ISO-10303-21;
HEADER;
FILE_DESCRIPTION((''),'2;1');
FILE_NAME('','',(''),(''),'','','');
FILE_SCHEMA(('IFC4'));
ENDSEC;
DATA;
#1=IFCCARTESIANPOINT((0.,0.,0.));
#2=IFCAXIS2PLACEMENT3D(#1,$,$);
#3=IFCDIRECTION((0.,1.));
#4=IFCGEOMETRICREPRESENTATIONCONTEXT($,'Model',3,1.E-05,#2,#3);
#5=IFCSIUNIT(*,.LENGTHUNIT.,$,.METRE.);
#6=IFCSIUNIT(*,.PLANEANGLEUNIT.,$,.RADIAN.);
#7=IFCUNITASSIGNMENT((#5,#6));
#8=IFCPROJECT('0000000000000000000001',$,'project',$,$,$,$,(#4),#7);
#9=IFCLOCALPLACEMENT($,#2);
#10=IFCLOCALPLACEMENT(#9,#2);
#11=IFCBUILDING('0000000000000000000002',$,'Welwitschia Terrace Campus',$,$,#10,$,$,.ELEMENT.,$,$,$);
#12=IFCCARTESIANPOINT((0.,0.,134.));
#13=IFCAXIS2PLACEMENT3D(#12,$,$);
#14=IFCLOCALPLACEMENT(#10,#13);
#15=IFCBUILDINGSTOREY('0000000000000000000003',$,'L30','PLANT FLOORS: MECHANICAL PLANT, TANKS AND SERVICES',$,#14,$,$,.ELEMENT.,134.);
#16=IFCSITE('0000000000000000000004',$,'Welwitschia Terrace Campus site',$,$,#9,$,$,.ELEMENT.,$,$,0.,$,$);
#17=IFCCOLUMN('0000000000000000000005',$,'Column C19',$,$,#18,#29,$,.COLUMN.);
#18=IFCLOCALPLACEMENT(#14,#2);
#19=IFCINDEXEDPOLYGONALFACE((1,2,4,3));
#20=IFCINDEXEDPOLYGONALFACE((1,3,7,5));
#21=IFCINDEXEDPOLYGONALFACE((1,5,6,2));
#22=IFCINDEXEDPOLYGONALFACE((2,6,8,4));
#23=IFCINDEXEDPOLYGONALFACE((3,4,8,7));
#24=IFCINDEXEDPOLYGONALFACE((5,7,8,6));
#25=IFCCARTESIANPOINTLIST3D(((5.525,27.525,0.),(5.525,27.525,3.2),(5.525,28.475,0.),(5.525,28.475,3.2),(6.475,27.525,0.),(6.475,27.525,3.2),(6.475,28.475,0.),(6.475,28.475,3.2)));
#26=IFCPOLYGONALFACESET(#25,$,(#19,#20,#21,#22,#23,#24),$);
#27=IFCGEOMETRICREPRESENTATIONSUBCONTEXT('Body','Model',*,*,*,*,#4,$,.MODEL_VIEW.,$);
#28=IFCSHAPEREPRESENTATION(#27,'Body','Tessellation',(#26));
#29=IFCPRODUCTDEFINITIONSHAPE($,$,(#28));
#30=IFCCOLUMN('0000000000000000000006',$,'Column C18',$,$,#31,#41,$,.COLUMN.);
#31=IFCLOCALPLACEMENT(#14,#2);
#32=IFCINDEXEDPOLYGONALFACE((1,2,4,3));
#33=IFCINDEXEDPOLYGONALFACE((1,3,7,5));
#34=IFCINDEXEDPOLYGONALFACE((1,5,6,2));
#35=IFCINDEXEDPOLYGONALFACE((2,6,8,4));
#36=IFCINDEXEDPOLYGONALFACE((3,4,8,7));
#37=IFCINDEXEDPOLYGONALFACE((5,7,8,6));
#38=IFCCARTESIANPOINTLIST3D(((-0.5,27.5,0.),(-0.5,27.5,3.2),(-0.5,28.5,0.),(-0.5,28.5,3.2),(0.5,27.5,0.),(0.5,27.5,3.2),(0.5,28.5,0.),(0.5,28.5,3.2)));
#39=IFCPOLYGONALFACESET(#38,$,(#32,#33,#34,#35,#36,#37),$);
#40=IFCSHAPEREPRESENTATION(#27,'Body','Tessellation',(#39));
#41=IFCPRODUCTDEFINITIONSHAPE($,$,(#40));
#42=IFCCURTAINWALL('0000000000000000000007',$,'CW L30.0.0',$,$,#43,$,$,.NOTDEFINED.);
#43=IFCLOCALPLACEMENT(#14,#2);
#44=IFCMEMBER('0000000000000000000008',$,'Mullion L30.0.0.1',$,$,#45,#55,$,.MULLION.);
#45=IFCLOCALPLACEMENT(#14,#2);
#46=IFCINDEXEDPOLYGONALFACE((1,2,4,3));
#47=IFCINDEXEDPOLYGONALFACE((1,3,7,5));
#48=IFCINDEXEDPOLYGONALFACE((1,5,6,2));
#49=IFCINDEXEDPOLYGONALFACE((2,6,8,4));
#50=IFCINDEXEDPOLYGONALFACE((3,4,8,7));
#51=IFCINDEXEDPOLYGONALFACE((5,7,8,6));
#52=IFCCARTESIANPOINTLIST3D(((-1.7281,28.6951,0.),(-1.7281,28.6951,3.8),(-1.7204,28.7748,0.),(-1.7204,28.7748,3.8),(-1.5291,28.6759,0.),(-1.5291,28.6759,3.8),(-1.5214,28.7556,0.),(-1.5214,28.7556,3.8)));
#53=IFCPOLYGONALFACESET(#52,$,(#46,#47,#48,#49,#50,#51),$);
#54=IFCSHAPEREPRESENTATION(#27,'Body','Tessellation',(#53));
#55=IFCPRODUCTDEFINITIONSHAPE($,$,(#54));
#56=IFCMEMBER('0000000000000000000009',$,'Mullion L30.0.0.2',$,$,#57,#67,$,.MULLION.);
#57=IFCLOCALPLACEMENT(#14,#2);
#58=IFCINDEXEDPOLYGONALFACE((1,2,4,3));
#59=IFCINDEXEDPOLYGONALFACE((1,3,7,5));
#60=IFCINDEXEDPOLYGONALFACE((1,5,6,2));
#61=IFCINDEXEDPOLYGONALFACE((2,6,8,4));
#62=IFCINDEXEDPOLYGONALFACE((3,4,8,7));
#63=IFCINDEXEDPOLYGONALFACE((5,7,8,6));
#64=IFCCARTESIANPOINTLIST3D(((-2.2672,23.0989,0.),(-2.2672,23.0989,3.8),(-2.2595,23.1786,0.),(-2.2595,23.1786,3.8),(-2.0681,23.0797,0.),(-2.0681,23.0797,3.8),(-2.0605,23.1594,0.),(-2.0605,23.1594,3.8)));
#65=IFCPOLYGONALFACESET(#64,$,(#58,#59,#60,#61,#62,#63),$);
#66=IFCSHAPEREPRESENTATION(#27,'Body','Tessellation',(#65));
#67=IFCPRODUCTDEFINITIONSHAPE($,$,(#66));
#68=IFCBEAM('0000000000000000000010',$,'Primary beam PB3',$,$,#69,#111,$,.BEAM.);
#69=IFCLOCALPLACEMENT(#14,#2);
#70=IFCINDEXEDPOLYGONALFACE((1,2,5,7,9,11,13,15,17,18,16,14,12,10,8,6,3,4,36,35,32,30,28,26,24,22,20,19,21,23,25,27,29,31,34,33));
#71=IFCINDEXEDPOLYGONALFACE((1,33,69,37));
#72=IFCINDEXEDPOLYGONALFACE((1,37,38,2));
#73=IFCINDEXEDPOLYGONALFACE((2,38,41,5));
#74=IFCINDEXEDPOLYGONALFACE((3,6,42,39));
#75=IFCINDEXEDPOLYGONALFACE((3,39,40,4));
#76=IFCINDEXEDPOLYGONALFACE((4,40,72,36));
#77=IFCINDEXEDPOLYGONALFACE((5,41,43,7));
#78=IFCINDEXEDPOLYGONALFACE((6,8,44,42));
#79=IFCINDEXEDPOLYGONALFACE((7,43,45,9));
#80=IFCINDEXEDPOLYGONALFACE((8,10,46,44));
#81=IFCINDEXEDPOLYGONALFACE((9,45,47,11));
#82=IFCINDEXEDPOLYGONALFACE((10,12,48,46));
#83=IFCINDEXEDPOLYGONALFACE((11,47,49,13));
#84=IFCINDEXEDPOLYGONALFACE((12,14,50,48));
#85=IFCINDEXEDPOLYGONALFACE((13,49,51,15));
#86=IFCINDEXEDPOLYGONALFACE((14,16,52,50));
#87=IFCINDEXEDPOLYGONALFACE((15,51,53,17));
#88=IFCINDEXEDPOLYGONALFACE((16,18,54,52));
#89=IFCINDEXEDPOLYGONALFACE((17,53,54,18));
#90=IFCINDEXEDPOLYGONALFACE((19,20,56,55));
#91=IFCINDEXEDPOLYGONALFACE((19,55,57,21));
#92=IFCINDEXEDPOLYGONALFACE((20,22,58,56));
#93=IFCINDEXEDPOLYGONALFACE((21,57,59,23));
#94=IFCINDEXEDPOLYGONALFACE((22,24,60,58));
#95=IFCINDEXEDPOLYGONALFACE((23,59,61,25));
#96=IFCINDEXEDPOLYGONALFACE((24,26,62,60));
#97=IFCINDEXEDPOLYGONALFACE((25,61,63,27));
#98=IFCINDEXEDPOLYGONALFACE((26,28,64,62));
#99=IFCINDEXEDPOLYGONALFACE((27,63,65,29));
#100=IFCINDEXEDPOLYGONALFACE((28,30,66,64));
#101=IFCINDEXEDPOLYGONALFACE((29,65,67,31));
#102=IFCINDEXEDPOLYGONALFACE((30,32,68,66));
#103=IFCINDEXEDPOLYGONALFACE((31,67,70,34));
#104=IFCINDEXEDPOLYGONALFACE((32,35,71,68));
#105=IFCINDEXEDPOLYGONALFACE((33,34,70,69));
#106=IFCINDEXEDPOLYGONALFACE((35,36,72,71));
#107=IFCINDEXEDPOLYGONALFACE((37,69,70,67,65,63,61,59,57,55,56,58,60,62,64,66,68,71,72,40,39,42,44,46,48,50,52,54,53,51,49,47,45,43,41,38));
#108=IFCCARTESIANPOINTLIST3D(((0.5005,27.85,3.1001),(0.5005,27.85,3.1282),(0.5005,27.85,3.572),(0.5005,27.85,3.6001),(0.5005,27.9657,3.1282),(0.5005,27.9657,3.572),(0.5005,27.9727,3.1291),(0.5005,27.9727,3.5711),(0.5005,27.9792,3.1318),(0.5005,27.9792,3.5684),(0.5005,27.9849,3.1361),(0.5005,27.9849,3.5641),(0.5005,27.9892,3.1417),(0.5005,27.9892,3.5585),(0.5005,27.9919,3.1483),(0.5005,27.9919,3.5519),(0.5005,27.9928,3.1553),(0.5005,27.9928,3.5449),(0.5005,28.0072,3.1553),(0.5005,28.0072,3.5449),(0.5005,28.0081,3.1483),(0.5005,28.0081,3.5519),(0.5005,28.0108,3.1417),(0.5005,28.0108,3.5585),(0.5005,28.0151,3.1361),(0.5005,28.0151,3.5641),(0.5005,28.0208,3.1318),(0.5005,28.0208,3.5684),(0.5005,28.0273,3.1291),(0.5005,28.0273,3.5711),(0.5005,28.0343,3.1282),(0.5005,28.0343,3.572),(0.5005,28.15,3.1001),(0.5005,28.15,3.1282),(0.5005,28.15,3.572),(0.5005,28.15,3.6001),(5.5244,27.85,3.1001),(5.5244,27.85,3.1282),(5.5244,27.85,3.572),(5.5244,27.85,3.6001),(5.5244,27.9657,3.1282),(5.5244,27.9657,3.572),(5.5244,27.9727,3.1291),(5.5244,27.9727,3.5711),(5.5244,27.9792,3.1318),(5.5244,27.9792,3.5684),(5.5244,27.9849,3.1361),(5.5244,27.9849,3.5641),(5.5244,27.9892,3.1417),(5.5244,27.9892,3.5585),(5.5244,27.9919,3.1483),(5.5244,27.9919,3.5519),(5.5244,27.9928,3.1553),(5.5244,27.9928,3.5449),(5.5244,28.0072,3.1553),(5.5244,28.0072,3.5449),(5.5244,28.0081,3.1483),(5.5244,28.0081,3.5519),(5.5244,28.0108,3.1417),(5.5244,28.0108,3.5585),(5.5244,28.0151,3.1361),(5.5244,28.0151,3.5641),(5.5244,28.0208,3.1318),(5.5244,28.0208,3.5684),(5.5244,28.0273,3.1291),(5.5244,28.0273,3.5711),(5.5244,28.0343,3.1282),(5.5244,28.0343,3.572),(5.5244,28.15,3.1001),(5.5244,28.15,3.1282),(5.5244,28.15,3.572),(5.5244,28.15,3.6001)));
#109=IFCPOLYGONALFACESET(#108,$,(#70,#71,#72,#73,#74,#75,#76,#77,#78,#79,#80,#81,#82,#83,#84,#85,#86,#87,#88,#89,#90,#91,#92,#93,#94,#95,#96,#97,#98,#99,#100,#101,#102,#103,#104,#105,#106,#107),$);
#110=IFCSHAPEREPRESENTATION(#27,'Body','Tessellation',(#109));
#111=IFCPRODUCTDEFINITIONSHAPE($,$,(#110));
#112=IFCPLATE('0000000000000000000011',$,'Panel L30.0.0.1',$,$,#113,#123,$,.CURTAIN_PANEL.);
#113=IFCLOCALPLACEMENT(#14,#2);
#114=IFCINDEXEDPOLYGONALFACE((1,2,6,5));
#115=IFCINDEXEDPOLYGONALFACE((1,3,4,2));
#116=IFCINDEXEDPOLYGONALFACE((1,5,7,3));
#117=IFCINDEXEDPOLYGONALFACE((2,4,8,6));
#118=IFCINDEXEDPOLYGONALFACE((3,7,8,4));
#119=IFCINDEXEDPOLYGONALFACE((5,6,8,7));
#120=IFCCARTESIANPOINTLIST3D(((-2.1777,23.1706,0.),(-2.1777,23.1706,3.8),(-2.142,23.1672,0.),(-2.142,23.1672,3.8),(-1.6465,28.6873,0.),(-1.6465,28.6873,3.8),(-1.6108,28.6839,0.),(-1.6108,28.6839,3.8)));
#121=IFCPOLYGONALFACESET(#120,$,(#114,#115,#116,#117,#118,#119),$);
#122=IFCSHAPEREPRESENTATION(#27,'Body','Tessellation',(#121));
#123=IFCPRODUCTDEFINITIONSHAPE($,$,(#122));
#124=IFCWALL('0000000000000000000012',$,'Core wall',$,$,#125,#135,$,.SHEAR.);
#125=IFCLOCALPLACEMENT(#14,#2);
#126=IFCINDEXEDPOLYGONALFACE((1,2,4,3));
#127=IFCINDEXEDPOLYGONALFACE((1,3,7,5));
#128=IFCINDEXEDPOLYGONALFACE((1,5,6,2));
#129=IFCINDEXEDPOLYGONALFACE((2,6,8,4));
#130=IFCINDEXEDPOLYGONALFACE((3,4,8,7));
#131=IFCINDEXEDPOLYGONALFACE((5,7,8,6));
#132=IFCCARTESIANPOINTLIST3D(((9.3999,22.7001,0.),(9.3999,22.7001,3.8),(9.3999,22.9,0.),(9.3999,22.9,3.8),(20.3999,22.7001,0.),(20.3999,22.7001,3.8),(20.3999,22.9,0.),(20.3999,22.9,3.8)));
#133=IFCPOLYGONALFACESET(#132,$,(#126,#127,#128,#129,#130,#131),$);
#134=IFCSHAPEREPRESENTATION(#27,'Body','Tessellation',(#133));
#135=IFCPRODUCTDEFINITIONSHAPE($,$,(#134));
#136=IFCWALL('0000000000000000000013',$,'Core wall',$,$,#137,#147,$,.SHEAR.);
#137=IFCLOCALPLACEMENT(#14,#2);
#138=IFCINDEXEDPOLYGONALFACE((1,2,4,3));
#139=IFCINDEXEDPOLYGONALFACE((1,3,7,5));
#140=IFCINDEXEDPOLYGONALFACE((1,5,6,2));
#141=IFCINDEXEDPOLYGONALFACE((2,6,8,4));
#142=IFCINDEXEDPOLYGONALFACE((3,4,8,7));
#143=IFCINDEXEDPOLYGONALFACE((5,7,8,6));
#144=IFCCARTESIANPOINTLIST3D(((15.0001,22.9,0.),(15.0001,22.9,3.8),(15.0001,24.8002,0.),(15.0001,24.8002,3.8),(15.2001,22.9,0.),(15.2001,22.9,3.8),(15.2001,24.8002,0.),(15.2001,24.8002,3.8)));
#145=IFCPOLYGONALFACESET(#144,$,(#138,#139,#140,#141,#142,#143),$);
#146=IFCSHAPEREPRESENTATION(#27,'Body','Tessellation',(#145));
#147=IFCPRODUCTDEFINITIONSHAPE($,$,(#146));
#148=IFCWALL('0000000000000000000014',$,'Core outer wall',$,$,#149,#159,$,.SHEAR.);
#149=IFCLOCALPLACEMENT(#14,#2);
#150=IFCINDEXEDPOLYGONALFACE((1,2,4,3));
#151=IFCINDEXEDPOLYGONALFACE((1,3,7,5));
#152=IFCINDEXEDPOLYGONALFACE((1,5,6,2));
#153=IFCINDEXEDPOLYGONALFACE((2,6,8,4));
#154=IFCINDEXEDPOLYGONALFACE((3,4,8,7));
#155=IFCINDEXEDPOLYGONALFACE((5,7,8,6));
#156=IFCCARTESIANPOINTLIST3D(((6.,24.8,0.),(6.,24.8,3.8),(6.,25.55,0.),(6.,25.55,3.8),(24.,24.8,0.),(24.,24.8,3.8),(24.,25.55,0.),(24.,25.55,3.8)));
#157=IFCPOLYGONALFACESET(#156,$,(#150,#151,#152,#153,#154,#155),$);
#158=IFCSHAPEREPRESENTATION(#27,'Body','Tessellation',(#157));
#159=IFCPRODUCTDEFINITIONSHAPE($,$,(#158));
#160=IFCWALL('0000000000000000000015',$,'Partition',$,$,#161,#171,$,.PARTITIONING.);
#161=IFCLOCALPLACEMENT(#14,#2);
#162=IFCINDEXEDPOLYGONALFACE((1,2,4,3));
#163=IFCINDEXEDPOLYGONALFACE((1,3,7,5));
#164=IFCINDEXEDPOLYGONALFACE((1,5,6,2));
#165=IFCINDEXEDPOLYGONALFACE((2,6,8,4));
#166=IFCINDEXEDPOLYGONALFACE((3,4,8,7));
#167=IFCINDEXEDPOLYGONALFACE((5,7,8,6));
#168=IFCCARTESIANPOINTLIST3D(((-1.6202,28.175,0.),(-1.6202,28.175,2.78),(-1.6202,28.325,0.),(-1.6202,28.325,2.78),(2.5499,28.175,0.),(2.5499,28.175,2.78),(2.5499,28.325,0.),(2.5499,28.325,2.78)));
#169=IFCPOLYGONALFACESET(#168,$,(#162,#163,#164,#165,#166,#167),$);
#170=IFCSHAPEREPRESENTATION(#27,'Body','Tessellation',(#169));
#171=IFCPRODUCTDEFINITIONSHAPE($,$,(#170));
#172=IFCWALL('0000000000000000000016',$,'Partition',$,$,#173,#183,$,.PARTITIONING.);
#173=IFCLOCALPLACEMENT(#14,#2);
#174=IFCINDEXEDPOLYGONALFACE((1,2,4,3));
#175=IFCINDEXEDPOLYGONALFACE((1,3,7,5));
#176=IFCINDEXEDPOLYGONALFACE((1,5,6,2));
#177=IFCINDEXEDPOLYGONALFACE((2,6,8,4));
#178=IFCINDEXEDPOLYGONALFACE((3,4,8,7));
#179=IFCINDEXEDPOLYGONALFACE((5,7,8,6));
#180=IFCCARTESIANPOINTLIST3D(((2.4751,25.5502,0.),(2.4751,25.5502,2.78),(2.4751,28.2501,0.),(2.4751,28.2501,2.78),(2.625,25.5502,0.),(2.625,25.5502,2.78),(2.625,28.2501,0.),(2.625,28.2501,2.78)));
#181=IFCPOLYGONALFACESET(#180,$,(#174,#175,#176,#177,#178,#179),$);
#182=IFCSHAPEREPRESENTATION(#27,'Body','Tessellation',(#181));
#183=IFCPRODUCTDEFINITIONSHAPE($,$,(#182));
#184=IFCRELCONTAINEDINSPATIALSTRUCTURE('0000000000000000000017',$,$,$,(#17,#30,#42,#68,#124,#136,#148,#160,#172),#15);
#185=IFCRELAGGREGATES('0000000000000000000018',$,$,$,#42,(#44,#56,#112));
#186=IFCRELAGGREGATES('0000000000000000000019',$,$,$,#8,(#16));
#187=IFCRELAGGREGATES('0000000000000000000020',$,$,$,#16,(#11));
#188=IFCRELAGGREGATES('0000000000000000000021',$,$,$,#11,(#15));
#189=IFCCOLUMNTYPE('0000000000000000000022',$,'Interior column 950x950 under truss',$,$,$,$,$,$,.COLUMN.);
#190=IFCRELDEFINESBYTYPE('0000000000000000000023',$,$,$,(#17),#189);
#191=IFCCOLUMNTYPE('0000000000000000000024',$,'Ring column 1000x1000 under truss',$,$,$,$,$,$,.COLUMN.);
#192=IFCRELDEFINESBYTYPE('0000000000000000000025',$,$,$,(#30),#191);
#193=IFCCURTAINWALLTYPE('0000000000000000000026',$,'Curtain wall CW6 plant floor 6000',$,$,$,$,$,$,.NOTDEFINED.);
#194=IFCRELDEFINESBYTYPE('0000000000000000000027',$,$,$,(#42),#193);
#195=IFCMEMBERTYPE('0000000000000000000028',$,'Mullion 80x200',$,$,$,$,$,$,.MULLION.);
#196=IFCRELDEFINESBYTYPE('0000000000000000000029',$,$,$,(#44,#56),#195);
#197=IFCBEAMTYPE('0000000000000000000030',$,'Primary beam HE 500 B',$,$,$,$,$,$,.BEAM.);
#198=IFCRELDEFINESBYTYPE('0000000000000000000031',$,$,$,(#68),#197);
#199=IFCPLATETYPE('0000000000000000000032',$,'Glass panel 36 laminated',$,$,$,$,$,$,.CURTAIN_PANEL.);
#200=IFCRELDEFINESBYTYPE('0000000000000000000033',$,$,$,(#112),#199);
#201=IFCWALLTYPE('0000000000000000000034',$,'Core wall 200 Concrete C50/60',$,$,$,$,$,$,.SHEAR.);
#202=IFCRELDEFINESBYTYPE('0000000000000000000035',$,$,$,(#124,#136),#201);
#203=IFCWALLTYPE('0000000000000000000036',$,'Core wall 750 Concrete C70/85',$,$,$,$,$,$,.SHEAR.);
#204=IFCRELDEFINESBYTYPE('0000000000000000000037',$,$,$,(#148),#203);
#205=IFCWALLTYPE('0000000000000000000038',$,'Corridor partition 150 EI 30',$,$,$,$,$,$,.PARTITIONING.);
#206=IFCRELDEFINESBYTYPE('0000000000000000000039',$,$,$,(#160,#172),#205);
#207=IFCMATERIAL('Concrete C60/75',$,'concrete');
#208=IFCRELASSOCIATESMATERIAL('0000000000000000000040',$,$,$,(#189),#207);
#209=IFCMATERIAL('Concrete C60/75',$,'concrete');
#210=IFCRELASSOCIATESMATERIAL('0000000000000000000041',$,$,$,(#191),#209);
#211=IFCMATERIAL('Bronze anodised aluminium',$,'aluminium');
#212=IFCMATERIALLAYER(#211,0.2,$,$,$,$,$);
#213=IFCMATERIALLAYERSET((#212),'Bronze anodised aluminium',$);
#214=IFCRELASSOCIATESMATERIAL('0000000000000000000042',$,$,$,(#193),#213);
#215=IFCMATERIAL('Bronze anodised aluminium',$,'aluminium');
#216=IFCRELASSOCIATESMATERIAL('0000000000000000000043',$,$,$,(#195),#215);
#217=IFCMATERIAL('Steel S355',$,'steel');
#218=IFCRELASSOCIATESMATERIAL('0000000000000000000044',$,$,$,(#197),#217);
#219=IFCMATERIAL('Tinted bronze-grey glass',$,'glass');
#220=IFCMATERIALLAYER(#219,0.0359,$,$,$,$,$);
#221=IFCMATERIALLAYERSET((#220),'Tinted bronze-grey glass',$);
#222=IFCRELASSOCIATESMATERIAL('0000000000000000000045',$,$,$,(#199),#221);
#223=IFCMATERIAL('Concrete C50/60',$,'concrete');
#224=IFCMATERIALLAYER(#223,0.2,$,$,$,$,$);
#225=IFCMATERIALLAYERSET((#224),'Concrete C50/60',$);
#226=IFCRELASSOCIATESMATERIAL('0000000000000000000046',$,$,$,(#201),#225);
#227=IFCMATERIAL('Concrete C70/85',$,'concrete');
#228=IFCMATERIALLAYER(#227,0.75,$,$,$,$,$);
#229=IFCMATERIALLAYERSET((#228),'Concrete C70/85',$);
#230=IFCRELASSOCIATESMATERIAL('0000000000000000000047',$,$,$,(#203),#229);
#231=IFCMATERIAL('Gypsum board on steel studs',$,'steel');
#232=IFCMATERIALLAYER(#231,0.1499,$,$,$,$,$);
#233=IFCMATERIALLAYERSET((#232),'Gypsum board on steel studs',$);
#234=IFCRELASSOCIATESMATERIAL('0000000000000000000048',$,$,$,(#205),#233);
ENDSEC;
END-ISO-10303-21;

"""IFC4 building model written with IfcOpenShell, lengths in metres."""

from ifc_helpers import new_model, si_unit, direction, frame, frame_2d, origin, origin_2d, place, context, subcontext, project, spatial, rectangle, i_section, extrude, material, layer, layer_set, material_profile, profile_set, type_object, element, aggregate, save


model = new_model("IFC4")

# Units and contexts
model_context = context("Model", 3, precision=1e-05, world=origin(), true_north=direction((0.0, 1.0)))
body_context = subcontext(model_context, "Body", "Model", "MODEL_VIEW")
ifc_project = project(units=[si_unit("LENGTHUNIT", "METRE"), si_unit("PLANEANGLEUNIT", "RADIAN")], contexts=[model_context])

# Site, building, storey
site_placement = place(None, origin())
site = spatial("IfcSite", under=ifc_project, at=site_placement, Name="Welwitschia Terrace Campus site", CompositionType="ELEMENT", RefElevation=0.0)
building_placement = place(site_placement, origin())
building = spatial("IfcBuilding", under=site, at=building_placement, Name="Welwitschia Terrace Campus", CompositionType="ELEMENT")
storey_placement = place(building_placement, frame((0.0, 0.0, 134.0)))
storey = spatial("IfcBuildingStorey", under=building, at=storey_placement, Name="L30", Description="PLANT FLOORS: MECHANICAL PLANT, TANKS AND SERVICES", CompositionType="ELEMENT", Elevation=134.0)

# Columns
ifc_material_1 = material(Name="Concrete C60/75", Category="concrete")
ifc_material_profile_1 = material_profile(ifc_material_1, rectangle(XDim=0.95, YDim=0.95, at=origin_2d()))
ifc_profile_set_1 = profile_set([ifc_material_profile_1], Name="Concrete C60/75")
column_type_1 = type_object("IfcColumnType", Name="Interior column 950x950 under truss", PredefinedType="COLUMN", material=ifc_profile_set_1)
column_1_placement = place(storey_placement, frame((6.0, 28.0, 0.0), z_axis=(0.0, 0.0, 1.0), x_axis=(1.0, 0.0, 0.0)))
element("IfcColumn", 1, at=column_1_placement, inside=storey, type_object=column_type_1, Name="Column C19", PredefinedType="COLUMN", context=body_context, shape_type="SweptSolid", body=[
    extrude(rectangle(XDim=0.95, YDim=0.95, at=origin_2d()), origin(), (0.0, 0.0, 1.0), 3.2),
])
ifc_material_2 = material(Name="Concrete C60/75", Category="concrete")
ifc_material_profile_2 = material_profile(ifc_material_2, rectangle(XDim=1.0, YDim=1.0, at=origin_2d()))
ifc_profile_set_2 = profile_set([ifc_material_profile_2], Name="Concrete C60/75")
column_type_2 = type_object("IfcColumnType", Name="Ring column 1000x1000 under truss", PredefinedType="COLUMN", material=ifc_profile_set_2)
column_2_placement = place(storey_placement, frame((0.0, 28.0, 0.0), z_axis=(0.0, 0.0, 1.0), x_axis=(1.0, 0.0, 0.0)))
element("IfcColumn", 2, at=column_2_placement, inside=storey, type_object=column_type_2, Name="Column C18", PredefinedType="COLUMN", context=body_context, shape_type="SweptSolid", body=[
    extrude(rectangle(XDim=1.0, YDim=1.0, at=origin_2d()), origin(), (0.0, 0.0, 1.0), 3.2),
])

# Curtain wall, members
ifc_material_3 = material(Name="Bronze anodised aluminium", Category="aluminium")
ifc_layer_1 = layer(ifc_material_3, 0.2)
ifc_layer_set_1 = layer_set([ifc_layer_1], Name="Bronze anodised aluminium")
curtain_wall_type = type_object("IfcCurtainWallType", Name="Curtain wall CW6 plant floor 6000", PredefinedType="NOTDEFINED", material=ifc_layer_set_1)
curtain_wall_placement = place(storey_placement, origin())
curtain_wall = element("IfcCurtainWall", 3, at=curtain_wall_placement, inside=storey, type_object=curtain_wall_type, Name="CW L30.0.0", PredefinedType="NOTDEFINED")
ifc_material_4 = material(Name="Bronze anodised aluminium", Category="aluminium")
ifc_material_profile_3 = material_profile(ifc_material_4, rectangle(XDim=0.2, YDim=0.0801, at=origin_2d()))
ifc_profile_set_3 = profile_set([ifc_material_profile_3], Name="Bronze anodised aluminium")
member_type = type_object("IfcMemberType", Name="Mullion 80x200", PredefinedType="MULLION", material=ifc_profile_set_3)
member_1_placement = place(storey_placement, frame((-1.6248, 28.7253, 0.0), z_axis=(0.0, 0.0, 1.0), x_axis=(0.995396, -0.095846, 0.0)))
member_1 = element("IfcMember", 4, at=member_1_placement, type_object=member_type, Name="Mullion L30.0.0.1", PredefinedType="MULLION", context=body_context, shape_type="SweptSolid", body=[
    extrude(rectangle(XDim=0.2, YDim=0.0801, at=origin_2d()), origin(), (0.0, 0.0, 1.0), 3.8),
])
member_2_placement = place(storey_placement, frame((-2.1638, 23.1292, 0.0), z_axis=(0.0, 0.0, 1.0), x_axis=(0.995396, -0.095846, 0.0)))
member_2 = element("IfcMember", 5, at=member_2_placement, type_object=member_type, Name="Mullion L30.0.0.2", PredefinedType="MULLION", context=body_context, shape_type="SweptSolid", body=[
    extrude(rectangle(XDim=0.2, YDim=0.0801, at=origin_2d()), origin(), (0.0, 0.0, 1.0), 3.8),
])

# Beam
ifc_material_5 = material(Name="Steel S355", Category="steel")
ifc_material_profile_4 = material_profile(ifc_material_5, i_section(OverallWidth=0.3, OverallDepth=0.5, WebThickness=0.0144, FlangeThickness=0.0281, FilletRadius=0.0271, at=origin_2d()))
ifc_profile_set_4 = profile_set([ifc_material_profile_4], Name="Steel S355")
beam_type = type_object("IfcBeamType", Name="Primary beam HE 500 B", PredefinedType="BEAM", material=ifc_profile_set_4)
beam_placement = place(storey_placement, frame((0.5005, 28.0, 3.3501), z_axis=(1.0, 0.0, 0.0), x_axis=(0.0, 1.0, 0.0)))
element("IfcBeam", 6, at=beam_placement, inside=storey, type_object=beam_type, Name="Primary beam PB3", PredefinedType="BEAM", context=body_context, shape_type="SweptSolid", body=[
    extrude(i_section(OverallWidth=0.3, OverallDepth=0.5, WebThickness=0.0144, FlangeThickness=0.0281, FilletRadius=0.0271, at=origin_2d()), origin(), (0.0, 0.0, 1.0), 5.0239),
])

# Plate
ifc_material_6 = material(Name="Tinted bronze-grey glass", Category="glass")
ifc_layer_2 = layer(ifc_material_6, 0.0359)
ifc_layer_set_2 = layer_set([ifc_layer_2], Name="Tinted bronze-grey glass")
plate_type = type_object("IfcPlateType", Name="Glass panel 36 laminated", PredefinedType="CURTAIN_PANEL", material=ifc_layer_set_2)
plate_placement = place(storey_placement, frame((-1.8943, 25.9272, 0.0), z_axis=(0.0, 0.0, 1.0), x_axis=(-0.095846, -0.995396, 0.0)))
plate = element("IfcPlate", 7, at=plate_placement, type_object=plate_type, Name="Panel L30.0.0.1", PredefinedType="CURTAIN_PANEL", context=body_context, shape_type="SweptSolid", body=[
    extrude(rectangle(XDim=5.5422, YDim=0.0359, at=origin_2d()), origin(), (0.0, 0.0, 1.0), 3.8),
])
aggregate(curtain_wall, [member_1, member_2, plate])

# Walls
ifc_material_7 = material(Name="Concrete C50/60", Category="concrete")
ifc_layer_3 = layer(ifc_material_7, 0.2)
ifc_layer_set_3 = layer_set([ifc_layer_3], Name="Concrete C50/60")
wall_type_1 = type_object("IfcWallType", Name="Core wall 200 Concrete C50/60", PredefinedType="SHEAR", material=ifc_layer_set_3)
wall_1_placement = place(storey_placement, frame((9.3999, 22.8, 0.0), z_axis=(0.0, 0.0, 1.0), x_axis=(1.0, 0.0, 0.0)))
element("IfcWall", 8, at=wall_1_placement, inside=storey, type_object=wall_type_1, Name="Core wall", PredefinedType="SHEAR", context=body_context, shape_type="SweptSolid", body=[
    extrude(rectangle(XDim=11.0, YDim=0.2, at=frame_2d((5.5, 0.0))), origin(), (0.0, 0.0, 1.0), 3.8),
])
wall_2_placement = place(storey_placement, frame((15.1001, 22.8999, 0.0), z_axis=(0.0, 0.0, 1.0), x_axis=(0.0, 1.0, 0.0)))
element("IfcWall", 9, at=wall_2_placement, inside=storey, type_object=wall_type_1, Name="Core wall", PredefinedType="SHEAR", context=body_context, shape_type="SweptSolid", body=[
    extrude(rectangle(XDim=1.9001, YDim=0.2, at=frame_2d((0.9502, 0.0))), origin(), (0.0, 0.0, 1.0), 3.8),
])
ifc_material_8 = material(Name="Concrete C70/85", Category="concrete")
ifc_layer_4 = layer(ifc_material_8, 0.75)
ifc_layer_set_4 = layer_set([ifc_layer_4], Name="Concrete C70/85")
wall_type_2 = type_object("IfcWallType", Name="Core wall 750 Concrete C70/85", PredefinedType="SHEAR", material=ifc_layer_set_4)
wall_3_placement = place(storey_placement, frame((6.0, 25.175, 0.0), z_axis=(0.0, 0.0, 1.0), x_axis=(1.0, 0.0, 0.0)))
element("IfcWall", 10, at=wall_3_placement, inside=storey, type_object=wall_type_2, Name="Core outer wall", PredefinedType="SHEAR", context=body_context, shape_type="SweptSolid", body=[
    extrude(rectangle(XDim=18.0, YDim=0.75, at=frame_2d((9.0, 0.0))), origin(), (0.0, 0.0, 1.0), 3.8),
])
ifc_material_9 = material(Name="Gypsum board on steel studs", Category="steel")
ifc_layer_5 = layer(ifc_material_9, 0.1499)
ifc_layer_set_5 = layer_set([ifc_layer_5], Name="Gypsum board on steel studs")
wall_type_3 = type_object("IfcWallType", Name="Corridor partition 150 EI 30", PredefinedType="PARTITIONING", material=ifc_layer_set_5)
wall_4_placement = place(storey_placement, frame((-1.6201, 28.25, 0.0), z_axis=(0.0, 0.0, 1.0), x_axis=(1.0, 0.0, 0.0)))
element("IfcWall", 11, at=wall_4_placement, inside=storey, type_object=wall_type_3, Name="Partition", PredefinedType="PARTITIONING", context=body_context, shape_type="SweptSolid", body=[
    extrude(rectangle(XDim=4.1702, YDim=0.1499, at=frame_2d((2.085, 0.0))), origin(), (0.0, 0.0, 1.0), 2.78),
])
wall_5_placement = place(storey_placement, frame((2.55, 25.55, 0.0), z_axis=(0.0, 0.0, 1.0), x_axis=(0.0, 1.0, 0.0)))
element("IfcWall", 12, at=wall_5_placement, inside=storey, type_object=wall_type_3, Name="Partition", PredefinedType="PARTITIONING", context=body_context, shape_type="SweptSolid", body=[
    extrude(rectangle(XDim=2.7, YDim=0.1499, at=frame_2d((1.3501, 0.0))), origin(), (0.0, 0.0, 1.0), 2.78),
])

save(model, "model.ifc")
